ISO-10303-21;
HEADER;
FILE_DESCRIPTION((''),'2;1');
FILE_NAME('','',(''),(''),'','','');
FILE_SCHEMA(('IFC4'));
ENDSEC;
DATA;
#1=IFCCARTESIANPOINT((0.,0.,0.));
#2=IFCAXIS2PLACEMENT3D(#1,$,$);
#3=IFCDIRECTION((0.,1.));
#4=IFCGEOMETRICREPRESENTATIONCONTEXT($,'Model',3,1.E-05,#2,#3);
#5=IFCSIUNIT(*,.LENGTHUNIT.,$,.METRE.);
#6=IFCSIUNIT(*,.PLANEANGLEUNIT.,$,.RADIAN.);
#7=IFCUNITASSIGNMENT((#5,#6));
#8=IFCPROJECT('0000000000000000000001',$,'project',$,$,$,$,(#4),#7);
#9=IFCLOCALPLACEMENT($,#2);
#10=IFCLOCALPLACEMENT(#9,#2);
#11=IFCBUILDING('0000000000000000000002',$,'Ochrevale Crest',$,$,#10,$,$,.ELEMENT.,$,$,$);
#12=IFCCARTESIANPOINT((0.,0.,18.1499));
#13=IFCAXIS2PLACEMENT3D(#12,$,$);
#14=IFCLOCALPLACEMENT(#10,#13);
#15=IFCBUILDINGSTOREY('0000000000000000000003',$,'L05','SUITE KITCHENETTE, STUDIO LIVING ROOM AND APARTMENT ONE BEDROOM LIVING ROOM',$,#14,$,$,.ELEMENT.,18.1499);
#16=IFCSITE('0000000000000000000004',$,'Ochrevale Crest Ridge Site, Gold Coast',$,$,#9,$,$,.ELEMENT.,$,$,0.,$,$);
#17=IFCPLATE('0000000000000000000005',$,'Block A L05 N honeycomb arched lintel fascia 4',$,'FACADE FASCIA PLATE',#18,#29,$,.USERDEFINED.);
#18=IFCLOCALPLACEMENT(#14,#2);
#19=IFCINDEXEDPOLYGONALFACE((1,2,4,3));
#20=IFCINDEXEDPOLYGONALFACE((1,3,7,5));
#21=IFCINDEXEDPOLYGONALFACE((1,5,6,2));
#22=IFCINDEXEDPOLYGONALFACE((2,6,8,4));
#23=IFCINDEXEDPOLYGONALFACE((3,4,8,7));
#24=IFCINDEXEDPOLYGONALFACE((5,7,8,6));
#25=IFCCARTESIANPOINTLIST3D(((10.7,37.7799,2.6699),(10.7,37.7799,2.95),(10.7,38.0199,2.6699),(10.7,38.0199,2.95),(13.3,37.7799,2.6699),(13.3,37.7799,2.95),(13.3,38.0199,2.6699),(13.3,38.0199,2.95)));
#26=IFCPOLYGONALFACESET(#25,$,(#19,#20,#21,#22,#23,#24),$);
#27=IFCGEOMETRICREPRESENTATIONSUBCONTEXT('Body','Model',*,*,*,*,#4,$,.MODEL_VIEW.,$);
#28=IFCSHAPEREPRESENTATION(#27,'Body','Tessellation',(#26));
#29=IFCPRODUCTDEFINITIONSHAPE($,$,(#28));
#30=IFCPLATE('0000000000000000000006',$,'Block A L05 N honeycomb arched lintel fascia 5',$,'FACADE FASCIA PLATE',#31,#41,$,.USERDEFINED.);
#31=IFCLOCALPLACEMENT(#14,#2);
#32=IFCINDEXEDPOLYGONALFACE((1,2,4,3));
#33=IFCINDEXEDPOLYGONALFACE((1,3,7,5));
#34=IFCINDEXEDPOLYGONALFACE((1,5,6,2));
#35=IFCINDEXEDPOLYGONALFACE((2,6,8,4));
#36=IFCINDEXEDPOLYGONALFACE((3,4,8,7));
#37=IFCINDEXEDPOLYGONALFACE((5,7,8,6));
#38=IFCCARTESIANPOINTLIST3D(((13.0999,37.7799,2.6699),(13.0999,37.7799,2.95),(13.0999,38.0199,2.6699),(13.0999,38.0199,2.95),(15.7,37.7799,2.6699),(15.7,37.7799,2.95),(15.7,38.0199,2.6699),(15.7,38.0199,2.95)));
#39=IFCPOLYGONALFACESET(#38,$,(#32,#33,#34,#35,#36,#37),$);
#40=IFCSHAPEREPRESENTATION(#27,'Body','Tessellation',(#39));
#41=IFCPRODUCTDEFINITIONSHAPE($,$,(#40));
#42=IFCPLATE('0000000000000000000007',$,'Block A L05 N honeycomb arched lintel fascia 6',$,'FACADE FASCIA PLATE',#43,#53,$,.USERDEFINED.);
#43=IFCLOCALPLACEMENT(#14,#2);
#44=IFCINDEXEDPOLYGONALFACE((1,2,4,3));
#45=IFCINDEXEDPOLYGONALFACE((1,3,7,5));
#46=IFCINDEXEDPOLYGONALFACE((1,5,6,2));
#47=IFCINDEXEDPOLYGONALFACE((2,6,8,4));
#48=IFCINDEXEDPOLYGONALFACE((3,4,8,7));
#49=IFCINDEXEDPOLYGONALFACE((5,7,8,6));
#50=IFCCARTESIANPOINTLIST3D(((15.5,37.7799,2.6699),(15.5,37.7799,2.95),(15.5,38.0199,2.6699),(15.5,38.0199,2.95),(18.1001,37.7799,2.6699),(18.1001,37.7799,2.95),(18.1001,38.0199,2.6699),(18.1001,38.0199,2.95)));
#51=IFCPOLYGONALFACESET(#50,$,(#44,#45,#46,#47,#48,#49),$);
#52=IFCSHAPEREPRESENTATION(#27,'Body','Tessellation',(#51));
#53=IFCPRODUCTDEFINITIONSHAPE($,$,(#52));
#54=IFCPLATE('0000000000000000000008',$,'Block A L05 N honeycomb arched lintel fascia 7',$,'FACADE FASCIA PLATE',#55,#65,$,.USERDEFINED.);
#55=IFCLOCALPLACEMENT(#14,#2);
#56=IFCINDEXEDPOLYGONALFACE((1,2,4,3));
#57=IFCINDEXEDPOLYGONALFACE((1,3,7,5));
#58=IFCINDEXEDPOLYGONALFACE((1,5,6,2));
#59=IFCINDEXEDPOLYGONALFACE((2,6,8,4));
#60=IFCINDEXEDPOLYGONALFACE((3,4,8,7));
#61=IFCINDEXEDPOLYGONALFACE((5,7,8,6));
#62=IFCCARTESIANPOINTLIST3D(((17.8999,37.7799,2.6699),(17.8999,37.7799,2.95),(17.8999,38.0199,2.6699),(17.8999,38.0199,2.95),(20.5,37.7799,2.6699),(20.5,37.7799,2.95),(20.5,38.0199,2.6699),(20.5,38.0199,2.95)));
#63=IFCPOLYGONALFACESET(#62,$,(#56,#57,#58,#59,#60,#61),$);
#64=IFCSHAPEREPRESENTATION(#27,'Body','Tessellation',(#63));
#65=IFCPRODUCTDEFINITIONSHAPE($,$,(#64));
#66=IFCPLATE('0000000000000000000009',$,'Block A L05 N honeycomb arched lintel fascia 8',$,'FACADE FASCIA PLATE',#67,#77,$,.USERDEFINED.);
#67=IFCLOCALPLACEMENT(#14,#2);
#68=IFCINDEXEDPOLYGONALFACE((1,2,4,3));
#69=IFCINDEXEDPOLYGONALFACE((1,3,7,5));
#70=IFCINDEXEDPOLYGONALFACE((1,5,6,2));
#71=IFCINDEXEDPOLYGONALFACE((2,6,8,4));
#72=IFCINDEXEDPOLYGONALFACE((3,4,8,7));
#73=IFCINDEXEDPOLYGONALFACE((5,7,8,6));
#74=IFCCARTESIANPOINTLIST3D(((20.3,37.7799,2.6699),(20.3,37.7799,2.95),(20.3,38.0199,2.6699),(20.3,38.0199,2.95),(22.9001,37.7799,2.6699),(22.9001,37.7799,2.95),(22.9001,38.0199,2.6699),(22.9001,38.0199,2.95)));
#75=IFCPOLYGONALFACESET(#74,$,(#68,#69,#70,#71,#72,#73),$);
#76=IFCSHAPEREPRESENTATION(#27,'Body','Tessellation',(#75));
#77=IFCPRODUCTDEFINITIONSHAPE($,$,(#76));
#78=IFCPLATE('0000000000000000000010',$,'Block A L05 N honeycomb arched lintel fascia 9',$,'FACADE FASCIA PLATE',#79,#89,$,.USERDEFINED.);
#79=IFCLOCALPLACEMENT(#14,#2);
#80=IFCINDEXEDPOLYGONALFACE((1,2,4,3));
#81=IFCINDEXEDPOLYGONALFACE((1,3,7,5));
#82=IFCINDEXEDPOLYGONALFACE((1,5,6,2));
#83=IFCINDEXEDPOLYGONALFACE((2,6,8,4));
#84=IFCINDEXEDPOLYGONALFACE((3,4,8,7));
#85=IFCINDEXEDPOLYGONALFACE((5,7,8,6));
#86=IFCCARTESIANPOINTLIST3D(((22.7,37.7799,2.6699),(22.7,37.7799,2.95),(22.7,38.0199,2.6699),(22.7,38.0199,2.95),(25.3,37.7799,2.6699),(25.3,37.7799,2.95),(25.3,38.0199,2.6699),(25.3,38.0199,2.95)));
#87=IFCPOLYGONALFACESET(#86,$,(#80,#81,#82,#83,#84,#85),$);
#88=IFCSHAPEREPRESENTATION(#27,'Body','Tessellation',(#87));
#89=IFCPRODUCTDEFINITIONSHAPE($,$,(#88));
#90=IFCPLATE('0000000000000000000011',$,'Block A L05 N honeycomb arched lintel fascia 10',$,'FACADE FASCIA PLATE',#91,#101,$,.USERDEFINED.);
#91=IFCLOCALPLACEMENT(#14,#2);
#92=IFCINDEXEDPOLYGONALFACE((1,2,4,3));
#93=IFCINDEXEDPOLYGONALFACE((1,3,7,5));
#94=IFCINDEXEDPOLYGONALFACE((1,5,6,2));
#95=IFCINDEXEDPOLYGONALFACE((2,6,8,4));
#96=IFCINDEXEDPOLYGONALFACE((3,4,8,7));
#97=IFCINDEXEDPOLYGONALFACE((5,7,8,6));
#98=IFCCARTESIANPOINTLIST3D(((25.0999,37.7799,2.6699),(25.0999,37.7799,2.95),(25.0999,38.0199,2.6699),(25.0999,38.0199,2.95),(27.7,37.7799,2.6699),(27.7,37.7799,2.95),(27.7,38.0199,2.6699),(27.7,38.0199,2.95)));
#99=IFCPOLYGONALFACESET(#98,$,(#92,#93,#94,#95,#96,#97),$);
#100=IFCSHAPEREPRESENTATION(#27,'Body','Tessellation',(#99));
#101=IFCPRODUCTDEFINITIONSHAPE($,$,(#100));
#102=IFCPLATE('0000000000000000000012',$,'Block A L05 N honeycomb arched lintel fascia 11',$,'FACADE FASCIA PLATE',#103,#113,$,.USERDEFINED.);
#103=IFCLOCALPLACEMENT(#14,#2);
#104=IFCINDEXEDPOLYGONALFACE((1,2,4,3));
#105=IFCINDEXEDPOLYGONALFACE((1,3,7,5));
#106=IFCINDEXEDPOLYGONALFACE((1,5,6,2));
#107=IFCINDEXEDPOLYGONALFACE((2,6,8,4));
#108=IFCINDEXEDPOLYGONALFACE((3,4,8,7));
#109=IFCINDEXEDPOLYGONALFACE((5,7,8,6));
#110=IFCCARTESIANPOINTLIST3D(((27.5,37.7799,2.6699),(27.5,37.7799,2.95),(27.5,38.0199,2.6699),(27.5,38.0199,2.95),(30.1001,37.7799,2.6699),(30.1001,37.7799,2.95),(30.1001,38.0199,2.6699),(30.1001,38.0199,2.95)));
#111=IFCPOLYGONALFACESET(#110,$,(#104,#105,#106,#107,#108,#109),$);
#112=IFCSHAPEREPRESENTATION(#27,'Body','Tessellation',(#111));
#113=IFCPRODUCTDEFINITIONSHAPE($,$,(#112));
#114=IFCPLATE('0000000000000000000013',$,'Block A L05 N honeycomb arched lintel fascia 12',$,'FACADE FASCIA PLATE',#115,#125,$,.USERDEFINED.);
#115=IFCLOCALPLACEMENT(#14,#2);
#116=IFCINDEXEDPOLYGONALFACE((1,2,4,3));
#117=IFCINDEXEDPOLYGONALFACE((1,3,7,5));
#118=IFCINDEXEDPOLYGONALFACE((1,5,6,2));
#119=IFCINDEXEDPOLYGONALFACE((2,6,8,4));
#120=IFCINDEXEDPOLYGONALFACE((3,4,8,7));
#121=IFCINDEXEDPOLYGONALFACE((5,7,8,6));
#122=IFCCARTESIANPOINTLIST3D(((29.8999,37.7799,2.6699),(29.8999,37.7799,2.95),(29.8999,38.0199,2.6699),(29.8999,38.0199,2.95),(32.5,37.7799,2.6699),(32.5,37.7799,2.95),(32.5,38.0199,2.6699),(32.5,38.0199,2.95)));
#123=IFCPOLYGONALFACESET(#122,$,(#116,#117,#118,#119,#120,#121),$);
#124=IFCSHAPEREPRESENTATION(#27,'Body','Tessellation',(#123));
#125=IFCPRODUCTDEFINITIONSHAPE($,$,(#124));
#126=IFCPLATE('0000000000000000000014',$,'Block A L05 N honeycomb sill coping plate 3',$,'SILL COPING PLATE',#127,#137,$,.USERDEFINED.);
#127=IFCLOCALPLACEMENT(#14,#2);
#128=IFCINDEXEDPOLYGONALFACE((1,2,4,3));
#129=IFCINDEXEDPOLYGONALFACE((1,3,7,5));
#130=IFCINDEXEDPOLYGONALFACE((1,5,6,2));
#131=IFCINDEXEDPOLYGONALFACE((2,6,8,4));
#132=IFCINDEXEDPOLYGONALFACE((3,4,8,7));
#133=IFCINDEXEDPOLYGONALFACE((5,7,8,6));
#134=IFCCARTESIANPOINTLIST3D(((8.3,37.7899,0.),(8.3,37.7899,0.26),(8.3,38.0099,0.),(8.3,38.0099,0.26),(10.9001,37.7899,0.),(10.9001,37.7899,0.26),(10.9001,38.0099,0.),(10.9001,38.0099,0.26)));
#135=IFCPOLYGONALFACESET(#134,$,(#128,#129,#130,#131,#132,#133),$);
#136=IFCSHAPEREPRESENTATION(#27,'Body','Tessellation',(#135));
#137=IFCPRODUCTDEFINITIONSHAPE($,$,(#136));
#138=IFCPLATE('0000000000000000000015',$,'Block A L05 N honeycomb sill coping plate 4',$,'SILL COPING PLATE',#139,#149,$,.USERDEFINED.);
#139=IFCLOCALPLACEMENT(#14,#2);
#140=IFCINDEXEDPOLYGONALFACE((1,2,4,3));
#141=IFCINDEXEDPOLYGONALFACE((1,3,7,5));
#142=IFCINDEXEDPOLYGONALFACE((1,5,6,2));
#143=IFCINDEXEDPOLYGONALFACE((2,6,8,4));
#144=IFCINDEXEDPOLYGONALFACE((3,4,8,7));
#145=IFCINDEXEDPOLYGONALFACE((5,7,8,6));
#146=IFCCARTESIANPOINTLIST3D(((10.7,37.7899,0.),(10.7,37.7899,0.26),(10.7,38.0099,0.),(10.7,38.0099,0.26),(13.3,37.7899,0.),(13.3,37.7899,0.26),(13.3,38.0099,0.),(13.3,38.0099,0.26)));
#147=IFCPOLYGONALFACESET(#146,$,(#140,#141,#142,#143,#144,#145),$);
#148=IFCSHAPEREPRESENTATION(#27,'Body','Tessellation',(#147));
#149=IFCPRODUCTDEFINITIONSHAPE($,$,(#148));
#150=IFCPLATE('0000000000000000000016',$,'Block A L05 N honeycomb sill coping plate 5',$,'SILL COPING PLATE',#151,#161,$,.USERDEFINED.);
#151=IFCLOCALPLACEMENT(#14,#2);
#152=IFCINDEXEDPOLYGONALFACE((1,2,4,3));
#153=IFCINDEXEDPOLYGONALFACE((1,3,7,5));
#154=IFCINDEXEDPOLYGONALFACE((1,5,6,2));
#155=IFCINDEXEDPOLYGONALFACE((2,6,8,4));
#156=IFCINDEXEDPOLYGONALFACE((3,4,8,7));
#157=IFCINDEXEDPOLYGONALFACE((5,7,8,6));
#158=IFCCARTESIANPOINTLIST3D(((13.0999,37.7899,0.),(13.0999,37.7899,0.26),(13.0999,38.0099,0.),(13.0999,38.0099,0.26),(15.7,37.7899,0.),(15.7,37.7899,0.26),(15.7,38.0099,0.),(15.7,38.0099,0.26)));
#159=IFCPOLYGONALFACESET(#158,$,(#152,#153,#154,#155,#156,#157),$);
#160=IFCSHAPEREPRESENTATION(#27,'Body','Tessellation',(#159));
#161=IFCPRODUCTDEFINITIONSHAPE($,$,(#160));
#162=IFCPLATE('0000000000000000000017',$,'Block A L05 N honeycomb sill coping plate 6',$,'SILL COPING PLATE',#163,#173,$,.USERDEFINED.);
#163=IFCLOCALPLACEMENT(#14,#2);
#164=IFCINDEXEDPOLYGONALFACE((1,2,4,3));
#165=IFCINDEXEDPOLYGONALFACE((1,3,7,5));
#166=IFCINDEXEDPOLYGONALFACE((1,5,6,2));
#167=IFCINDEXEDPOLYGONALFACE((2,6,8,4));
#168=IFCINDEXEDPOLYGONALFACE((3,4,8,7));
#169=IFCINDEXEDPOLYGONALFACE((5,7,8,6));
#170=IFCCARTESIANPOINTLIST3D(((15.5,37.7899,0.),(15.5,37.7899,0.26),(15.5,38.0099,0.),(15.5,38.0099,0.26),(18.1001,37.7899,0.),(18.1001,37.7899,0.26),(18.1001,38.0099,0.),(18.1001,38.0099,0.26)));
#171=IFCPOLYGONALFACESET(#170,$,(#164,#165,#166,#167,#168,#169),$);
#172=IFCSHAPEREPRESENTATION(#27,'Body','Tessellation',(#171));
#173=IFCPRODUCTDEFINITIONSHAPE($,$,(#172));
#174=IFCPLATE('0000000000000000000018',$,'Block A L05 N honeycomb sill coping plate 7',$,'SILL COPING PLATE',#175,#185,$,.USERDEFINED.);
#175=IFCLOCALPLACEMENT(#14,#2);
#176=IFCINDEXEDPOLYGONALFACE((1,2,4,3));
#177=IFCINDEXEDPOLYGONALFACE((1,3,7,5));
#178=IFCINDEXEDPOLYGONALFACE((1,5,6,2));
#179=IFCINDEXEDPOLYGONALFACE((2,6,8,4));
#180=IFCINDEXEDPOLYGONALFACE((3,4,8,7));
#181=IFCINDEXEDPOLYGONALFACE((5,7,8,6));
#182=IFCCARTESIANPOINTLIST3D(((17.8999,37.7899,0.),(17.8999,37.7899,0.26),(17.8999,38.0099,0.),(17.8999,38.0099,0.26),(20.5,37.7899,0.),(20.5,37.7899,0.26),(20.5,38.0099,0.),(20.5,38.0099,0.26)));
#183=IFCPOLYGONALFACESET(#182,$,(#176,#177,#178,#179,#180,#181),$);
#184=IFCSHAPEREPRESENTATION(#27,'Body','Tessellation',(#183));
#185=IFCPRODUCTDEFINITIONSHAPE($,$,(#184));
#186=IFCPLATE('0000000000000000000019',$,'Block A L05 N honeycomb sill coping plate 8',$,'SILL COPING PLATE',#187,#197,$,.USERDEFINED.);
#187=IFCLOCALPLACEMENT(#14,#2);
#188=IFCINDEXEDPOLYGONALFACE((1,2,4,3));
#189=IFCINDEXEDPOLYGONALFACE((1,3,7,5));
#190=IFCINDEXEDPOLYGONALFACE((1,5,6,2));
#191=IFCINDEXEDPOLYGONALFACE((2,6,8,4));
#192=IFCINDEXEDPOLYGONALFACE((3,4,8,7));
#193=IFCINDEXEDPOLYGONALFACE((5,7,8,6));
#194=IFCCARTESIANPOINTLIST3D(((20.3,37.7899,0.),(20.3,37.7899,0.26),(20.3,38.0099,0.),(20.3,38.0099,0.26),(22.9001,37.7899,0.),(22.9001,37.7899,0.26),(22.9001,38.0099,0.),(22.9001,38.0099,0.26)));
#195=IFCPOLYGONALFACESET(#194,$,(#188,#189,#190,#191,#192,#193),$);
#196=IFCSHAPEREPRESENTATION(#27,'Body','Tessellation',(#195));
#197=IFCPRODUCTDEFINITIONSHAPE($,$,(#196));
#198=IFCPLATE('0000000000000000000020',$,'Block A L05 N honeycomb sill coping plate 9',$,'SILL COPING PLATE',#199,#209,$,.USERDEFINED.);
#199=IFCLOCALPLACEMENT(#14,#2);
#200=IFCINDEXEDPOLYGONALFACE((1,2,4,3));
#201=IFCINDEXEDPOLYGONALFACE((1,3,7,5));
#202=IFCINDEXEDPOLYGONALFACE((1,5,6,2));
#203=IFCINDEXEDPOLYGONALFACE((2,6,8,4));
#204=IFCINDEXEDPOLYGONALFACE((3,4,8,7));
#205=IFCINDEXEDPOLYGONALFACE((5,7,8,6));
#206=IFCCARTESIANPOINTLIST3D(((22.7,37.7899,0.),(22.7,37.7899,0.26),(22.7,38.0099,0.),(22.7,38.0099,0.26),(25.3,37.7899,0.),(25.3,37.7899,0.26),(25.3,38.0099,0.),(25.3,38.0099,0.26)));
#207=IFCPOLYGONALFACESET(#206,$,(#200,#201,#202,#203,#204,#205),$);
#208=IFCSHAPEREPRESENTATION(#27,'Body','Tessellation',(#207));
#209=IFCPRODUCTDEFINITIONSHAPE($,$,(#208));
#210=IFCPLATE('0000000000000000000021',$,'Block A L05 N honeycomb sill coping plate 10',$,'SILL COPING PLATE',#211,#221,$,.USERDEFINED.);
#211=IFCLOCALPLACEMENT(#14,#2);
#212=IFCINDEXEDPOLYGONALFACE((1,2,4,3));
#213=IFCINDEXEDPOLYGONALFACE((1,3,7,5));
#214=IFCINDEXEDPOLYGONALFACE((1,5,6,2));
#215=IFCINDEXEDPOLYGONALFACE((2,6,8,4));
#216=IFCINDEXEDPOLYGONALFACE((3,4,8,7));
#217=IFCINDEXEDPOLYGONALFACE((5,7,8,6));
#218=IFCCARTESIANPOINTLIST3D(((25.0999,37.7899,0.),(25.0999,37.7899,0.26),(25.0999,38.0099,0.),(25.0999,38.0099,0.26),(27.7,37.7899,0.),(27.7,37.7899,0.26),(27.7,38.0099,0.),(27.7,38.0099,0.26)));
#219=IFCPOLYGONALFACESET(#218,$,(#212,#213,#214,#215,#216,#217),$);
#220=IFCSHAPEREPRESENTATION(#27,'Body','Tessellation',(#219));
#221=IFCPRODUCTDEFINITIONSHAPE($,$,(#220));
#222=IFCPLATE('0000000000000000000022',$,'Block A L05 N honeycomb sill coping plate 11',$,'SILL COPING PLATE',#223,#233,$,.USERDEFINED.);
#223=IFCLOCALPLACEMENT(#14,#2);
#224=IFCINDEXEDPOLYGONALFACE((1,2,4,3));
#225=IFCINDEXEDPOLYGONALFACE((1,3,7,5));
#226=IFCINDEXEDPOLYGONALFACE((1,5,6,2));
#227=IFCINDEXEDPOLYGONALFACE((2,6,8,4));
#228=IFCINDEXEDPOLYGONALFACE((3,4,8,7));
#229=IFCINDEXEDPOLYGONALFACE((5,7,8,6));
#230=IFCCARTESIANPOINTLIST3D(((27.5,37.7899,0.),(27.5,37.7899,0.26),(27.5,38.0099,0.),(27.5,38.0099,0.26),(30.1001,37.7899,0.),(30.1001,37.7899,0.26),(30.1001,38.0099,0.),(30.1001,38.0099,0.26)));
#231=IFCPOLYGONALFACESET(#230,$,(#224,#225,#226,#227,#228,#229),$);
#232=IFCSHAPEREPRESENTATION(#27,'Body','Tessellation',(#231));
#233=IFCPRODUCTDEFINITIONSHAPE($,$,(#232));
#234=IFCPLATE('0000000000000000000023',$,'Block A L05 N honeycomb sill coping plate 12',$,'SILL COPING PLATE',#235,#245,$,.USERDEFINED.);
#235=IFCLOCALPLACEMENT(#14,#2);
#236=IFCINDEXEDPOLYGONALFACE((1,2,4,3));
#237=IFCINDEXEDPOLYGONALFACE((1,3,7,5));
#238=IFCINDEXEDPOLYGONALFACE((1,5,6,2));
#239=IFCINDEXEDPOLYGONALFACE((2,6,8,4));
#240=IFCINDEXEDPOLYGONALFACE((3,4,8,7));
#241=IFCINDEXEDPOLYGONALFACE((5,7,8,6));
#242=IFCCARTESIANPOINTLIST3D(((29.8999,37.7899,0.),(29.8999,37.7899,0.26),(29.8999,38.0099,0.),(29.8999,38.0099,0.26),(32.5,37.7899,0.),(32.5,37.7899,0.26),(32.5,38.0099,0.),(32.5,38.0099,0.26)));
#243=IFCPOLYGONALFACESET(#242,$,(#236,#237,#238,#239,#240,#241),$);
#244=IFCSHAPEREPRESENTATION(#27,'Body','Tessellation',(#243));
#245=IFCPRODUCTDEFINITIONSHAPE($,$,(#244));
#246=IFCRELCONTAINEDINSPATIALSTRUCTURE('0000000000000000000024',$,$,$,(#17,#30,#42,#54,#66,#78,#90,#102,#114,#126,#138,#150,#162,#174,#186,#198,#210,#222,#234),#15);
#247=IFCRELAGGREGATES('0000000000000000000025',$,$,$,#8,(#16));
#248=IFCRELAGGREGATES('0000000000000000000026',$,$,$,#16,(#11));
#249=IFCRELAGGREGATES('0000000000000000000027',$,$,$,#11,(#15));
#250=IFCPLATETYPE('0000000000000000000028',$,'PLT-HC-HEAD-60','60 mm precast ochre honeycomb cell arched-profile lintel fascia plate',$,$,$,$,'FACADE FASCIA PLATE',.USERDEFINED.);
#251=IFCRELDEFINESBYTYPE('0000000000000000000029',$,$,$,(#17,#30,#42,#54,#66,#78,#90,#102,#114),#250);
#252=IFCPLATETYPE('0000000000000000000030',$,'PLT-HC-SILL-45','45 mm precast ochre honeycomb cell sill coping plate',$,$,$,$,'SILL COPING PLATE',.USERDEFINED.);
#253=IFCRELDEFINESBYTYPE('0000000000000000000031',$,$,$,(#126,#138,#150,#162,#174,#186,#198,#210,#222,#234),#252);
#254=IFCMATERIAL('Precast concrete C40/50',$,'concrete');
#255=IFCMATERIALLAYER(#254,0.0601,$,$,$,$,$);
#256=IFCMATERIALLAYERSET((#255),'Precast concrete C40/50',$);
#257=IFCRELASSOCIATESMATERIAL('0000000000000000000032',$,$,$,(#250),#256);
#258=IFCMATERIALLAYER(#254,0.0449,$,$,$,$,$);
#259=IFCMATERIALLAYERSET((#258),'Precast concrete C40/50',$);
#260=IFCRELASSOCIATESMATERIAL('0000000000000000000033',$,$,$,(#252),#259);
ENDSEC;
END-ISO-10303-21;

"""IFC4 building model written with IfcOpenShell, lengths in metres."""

from ifc_helpers import new_model, si_unit, direction, frame, origin, origin_2d, place, context, subcontext, project, spatial, rectangle, extrude, material, layer, layer_set, type_object, element, save


model = new_model("IFC4")

# Units and contexts
model_context = context("Model", 3, precision=1e-05, world=origin(), true_north=direction((0.0, 1.0)))
body_context = subcontext(model_context, "Body", "Model", "MODEL_VIEW")
ifc_project = project(units=[si_unit("LENGTHUNIT", "METRE"), si_unit("PLANEANGLEUNIT", "RADIAN")], contexts=[model_context])

# Site, building, storey
site_placement = place(None, origin())
site = spatial("IfcSite", under=ifc_project, at=site_placement, Name="Ochrevale Crest Ridge Site, Gold Coast", CompositionType="ELEMENT", RefElevation=0.0)
building_placement = place(site_placement, origin())
building = spatial("IfcBuilding", under=site, at=building_placement, Name="Ochrevale Crest", CompositionType="ELEMENT")
storey_placement = place(building_placement, frame((0.0, 0.0, 18.1499)))
storey = spatial("IfcBuildingStorey", under=building, at=storey_placement, Name="L05", Description="SUITE KITCHENETTE, STUDIO LIVING ROOM AND APARTMENT ONE BEDROOM LIVING ROOM", CompositionType="ELEMENT", Elevation=18.1499)

# Plates
ifc_material_1 = material(Name="Precast concrete C40/50", Category="concrete")
ifc_layer_1 = layer(ifc_material_1, 0.0601)
ifc_layer_set_1 = layer_set([ifc_layer_1], Name="Precast concrete C40/50")
plate_type_1 = type_object("IfcPlateType", Name="PLT-HC-HEAD-60", Description="60 mm precast ochre honeycomb cell arched-profile lintel fascia plate", ElementType="FACADE FASCIA PLATE", PredefinedType="USERDEFINED", material=ifc_layer_set_1)
for number, where, z_axis, x_axis, name in (
    (1, (12.0, 37.8999, 2.6699), (0.0, 0.0, 1.0), (1.0, 0.0, 0.0), "Block A L05 N honeycomb arched lintel fascia 4"),
    (2, (14.3999, 37.8999, 2.6699), (0.0, 0.0, 1.0), (1.0, 0.0, 0.0), "Block A L05 N honeycomb arched lintel fascia 5"),
    (3, (16.8, 37.8999, 2.6699), (0.0, 0.0, 1.0), (1.0, 0.0, 0.0), "Block A L05 N honeycomb arched lintel fascia 6"),
    (4, (19.2, 37.8999, 2.6699), (0.0, 0.0, 1.0), (1.0, 0.0, 0.0), "Block A L05 N honeycomb arched lintel fascia 7"),
    (5, (21.6001, 37.8999, 2.6699), (0.0, 0.0, 1.0), (1.0, 0.0, 0.0), "Block A L05 N honeycomb arched lintel fascia 8"),
    (6, (24.0, 37.8999, 2.6699), (0.0, 0.0, 1.0), (1.0, 0.0, 0.0), "Block A L05 N honeycomb arched lintel fascia 9"),
    (7, (26.3999, 37.8999, 2.6699), (0.0, 0.0, 1.0), (1.0, 0.0, 0.0), "Block A L05 N honeycomb arched lintel fascia 10"),
    (8, (28.8, 37.8999, 2.6699), (0.0, 0.0, 1.0), (1.0, 0.0, 0.0), "Block A L05 N honeycomb arched lintel fascia 11"),
    (9, (31.2, 37.8999, 2.6699), (0.0, 0.0, 1.0), (1.0, 0.0, 0.0), "Block A L05 N honeycomb arched lintel fascia 12"),
):
    element("IfcPlate", number, at=place(storey_placement, frame(where, z_axis=z_axis, x_axis=x_axis)), inside=storey, type_object=plate_type_1, Name=name, ObjectType="FACADE FASCIA PLATE", PredefinedType="USERDEFINED", context=body_context, shape_type="SweptSolid", body=[
        extrude(rectangle(XDim=2.6001, YDim=0.24, at=origin_2d()), origin(), (0.0, 0.0, 1.0), 0.28),
    ])
ifc_layer_2 = layer(ifc_material_1, 0.0449)
ifc_layer_set_2 = layer_set([ifc_layer_2], Name="Precast concrete C40/50")
plate_type_2 = type_object("IfcPlateType", Name="PLT-HC-SILL-45", Description="45 mm precast ochre honeycomb cell sill coping plate", ElementType="SILL COPING PLATE", PredefinedType="USERDEFINED", material=ifc_layer_set_2)
for number, where, z_axis, x_axis, name in (
    (10, (9.6001, 37.8999, 0.0), (0.0, 0.0, 1.0), (1.0, 0.0, 0.0), "Block A L05 N honeycomb sill coping plate 3"),
    (11, (12.0, 37.8999, 0.0), (0.0, 0.0, 1.0), (1.0, 0.0, 0.0), "Block A L05 N honeycomb sill coping plate 4"),
    (12, (14.3999, 37.8999, 0.0), (0.0, 0.0, 1.0), (1.0, 0.0, 0.0), "Block A L05 N honeycomb sill coping plate 5"),
    (13, (16.8, 37.8999, 0.0), (0.0, 0.0, 1.0), (1.0, 0.0, 0.0), "Block A L05 N honeycomb sill coping plate 6"),
    (14, (19.2, 37.8999, 0.0), (0.0, 0.0, 1.0), (1.0, 0.0, 0.0), "Block A L05 N honeycomb sill coping plate 7"),
    (15, (21.6001, 37.8999, 0.0), (0.0, 0.0, 1.0), (1.0, 0.0, 0.0), "Block A L05 N honeycomb sill coping plate 8"),
    (16, (24.0, 37.8999, 0.0), (0.0, 0.0, 1.0), (1.0, 0.0, 0.0), "Block A L05 N honeycomb sill coping plate 9"),
    (17, (26.3999, 37.8999, 0.0), (0.0, 0.0, 1.0), (1.0, 0.0, 0.0), "Block A L05 N honeycomb sill coping plate 10"),
    (18, (28.8, 37.8999, 0.0), (0.0, 0.0, 1.0), (1.0, 0.0, 0.0), "Block A L05 N honeycomb sill coping plate 11"),
    (19, (31.2, 37.8999, 0.0), (0.0, 0.0, 1.0), (1.0, 0.0, 0.0), "Block A L05 N honeycomb sill coping plate 12"),
):
    element("IfcPlate", number, at=place(storey_placement, frame(where, z_axis=z_axis, x_axis=x_axis)), inside=storey, type_object=plate_type_2, Name=name, ObjectType="SILL COPING PLATE", PredefinedType="USERDEFINED", context=body_context, shape_type="SweptSolid", body=[
        extrude(rectangle(XDim=2.6001, YDim=0.22, at=origin_2d()), origin(), (0.0, 0.0, 1.0), 0.26),
    ])

save(model, "model.ifc")
